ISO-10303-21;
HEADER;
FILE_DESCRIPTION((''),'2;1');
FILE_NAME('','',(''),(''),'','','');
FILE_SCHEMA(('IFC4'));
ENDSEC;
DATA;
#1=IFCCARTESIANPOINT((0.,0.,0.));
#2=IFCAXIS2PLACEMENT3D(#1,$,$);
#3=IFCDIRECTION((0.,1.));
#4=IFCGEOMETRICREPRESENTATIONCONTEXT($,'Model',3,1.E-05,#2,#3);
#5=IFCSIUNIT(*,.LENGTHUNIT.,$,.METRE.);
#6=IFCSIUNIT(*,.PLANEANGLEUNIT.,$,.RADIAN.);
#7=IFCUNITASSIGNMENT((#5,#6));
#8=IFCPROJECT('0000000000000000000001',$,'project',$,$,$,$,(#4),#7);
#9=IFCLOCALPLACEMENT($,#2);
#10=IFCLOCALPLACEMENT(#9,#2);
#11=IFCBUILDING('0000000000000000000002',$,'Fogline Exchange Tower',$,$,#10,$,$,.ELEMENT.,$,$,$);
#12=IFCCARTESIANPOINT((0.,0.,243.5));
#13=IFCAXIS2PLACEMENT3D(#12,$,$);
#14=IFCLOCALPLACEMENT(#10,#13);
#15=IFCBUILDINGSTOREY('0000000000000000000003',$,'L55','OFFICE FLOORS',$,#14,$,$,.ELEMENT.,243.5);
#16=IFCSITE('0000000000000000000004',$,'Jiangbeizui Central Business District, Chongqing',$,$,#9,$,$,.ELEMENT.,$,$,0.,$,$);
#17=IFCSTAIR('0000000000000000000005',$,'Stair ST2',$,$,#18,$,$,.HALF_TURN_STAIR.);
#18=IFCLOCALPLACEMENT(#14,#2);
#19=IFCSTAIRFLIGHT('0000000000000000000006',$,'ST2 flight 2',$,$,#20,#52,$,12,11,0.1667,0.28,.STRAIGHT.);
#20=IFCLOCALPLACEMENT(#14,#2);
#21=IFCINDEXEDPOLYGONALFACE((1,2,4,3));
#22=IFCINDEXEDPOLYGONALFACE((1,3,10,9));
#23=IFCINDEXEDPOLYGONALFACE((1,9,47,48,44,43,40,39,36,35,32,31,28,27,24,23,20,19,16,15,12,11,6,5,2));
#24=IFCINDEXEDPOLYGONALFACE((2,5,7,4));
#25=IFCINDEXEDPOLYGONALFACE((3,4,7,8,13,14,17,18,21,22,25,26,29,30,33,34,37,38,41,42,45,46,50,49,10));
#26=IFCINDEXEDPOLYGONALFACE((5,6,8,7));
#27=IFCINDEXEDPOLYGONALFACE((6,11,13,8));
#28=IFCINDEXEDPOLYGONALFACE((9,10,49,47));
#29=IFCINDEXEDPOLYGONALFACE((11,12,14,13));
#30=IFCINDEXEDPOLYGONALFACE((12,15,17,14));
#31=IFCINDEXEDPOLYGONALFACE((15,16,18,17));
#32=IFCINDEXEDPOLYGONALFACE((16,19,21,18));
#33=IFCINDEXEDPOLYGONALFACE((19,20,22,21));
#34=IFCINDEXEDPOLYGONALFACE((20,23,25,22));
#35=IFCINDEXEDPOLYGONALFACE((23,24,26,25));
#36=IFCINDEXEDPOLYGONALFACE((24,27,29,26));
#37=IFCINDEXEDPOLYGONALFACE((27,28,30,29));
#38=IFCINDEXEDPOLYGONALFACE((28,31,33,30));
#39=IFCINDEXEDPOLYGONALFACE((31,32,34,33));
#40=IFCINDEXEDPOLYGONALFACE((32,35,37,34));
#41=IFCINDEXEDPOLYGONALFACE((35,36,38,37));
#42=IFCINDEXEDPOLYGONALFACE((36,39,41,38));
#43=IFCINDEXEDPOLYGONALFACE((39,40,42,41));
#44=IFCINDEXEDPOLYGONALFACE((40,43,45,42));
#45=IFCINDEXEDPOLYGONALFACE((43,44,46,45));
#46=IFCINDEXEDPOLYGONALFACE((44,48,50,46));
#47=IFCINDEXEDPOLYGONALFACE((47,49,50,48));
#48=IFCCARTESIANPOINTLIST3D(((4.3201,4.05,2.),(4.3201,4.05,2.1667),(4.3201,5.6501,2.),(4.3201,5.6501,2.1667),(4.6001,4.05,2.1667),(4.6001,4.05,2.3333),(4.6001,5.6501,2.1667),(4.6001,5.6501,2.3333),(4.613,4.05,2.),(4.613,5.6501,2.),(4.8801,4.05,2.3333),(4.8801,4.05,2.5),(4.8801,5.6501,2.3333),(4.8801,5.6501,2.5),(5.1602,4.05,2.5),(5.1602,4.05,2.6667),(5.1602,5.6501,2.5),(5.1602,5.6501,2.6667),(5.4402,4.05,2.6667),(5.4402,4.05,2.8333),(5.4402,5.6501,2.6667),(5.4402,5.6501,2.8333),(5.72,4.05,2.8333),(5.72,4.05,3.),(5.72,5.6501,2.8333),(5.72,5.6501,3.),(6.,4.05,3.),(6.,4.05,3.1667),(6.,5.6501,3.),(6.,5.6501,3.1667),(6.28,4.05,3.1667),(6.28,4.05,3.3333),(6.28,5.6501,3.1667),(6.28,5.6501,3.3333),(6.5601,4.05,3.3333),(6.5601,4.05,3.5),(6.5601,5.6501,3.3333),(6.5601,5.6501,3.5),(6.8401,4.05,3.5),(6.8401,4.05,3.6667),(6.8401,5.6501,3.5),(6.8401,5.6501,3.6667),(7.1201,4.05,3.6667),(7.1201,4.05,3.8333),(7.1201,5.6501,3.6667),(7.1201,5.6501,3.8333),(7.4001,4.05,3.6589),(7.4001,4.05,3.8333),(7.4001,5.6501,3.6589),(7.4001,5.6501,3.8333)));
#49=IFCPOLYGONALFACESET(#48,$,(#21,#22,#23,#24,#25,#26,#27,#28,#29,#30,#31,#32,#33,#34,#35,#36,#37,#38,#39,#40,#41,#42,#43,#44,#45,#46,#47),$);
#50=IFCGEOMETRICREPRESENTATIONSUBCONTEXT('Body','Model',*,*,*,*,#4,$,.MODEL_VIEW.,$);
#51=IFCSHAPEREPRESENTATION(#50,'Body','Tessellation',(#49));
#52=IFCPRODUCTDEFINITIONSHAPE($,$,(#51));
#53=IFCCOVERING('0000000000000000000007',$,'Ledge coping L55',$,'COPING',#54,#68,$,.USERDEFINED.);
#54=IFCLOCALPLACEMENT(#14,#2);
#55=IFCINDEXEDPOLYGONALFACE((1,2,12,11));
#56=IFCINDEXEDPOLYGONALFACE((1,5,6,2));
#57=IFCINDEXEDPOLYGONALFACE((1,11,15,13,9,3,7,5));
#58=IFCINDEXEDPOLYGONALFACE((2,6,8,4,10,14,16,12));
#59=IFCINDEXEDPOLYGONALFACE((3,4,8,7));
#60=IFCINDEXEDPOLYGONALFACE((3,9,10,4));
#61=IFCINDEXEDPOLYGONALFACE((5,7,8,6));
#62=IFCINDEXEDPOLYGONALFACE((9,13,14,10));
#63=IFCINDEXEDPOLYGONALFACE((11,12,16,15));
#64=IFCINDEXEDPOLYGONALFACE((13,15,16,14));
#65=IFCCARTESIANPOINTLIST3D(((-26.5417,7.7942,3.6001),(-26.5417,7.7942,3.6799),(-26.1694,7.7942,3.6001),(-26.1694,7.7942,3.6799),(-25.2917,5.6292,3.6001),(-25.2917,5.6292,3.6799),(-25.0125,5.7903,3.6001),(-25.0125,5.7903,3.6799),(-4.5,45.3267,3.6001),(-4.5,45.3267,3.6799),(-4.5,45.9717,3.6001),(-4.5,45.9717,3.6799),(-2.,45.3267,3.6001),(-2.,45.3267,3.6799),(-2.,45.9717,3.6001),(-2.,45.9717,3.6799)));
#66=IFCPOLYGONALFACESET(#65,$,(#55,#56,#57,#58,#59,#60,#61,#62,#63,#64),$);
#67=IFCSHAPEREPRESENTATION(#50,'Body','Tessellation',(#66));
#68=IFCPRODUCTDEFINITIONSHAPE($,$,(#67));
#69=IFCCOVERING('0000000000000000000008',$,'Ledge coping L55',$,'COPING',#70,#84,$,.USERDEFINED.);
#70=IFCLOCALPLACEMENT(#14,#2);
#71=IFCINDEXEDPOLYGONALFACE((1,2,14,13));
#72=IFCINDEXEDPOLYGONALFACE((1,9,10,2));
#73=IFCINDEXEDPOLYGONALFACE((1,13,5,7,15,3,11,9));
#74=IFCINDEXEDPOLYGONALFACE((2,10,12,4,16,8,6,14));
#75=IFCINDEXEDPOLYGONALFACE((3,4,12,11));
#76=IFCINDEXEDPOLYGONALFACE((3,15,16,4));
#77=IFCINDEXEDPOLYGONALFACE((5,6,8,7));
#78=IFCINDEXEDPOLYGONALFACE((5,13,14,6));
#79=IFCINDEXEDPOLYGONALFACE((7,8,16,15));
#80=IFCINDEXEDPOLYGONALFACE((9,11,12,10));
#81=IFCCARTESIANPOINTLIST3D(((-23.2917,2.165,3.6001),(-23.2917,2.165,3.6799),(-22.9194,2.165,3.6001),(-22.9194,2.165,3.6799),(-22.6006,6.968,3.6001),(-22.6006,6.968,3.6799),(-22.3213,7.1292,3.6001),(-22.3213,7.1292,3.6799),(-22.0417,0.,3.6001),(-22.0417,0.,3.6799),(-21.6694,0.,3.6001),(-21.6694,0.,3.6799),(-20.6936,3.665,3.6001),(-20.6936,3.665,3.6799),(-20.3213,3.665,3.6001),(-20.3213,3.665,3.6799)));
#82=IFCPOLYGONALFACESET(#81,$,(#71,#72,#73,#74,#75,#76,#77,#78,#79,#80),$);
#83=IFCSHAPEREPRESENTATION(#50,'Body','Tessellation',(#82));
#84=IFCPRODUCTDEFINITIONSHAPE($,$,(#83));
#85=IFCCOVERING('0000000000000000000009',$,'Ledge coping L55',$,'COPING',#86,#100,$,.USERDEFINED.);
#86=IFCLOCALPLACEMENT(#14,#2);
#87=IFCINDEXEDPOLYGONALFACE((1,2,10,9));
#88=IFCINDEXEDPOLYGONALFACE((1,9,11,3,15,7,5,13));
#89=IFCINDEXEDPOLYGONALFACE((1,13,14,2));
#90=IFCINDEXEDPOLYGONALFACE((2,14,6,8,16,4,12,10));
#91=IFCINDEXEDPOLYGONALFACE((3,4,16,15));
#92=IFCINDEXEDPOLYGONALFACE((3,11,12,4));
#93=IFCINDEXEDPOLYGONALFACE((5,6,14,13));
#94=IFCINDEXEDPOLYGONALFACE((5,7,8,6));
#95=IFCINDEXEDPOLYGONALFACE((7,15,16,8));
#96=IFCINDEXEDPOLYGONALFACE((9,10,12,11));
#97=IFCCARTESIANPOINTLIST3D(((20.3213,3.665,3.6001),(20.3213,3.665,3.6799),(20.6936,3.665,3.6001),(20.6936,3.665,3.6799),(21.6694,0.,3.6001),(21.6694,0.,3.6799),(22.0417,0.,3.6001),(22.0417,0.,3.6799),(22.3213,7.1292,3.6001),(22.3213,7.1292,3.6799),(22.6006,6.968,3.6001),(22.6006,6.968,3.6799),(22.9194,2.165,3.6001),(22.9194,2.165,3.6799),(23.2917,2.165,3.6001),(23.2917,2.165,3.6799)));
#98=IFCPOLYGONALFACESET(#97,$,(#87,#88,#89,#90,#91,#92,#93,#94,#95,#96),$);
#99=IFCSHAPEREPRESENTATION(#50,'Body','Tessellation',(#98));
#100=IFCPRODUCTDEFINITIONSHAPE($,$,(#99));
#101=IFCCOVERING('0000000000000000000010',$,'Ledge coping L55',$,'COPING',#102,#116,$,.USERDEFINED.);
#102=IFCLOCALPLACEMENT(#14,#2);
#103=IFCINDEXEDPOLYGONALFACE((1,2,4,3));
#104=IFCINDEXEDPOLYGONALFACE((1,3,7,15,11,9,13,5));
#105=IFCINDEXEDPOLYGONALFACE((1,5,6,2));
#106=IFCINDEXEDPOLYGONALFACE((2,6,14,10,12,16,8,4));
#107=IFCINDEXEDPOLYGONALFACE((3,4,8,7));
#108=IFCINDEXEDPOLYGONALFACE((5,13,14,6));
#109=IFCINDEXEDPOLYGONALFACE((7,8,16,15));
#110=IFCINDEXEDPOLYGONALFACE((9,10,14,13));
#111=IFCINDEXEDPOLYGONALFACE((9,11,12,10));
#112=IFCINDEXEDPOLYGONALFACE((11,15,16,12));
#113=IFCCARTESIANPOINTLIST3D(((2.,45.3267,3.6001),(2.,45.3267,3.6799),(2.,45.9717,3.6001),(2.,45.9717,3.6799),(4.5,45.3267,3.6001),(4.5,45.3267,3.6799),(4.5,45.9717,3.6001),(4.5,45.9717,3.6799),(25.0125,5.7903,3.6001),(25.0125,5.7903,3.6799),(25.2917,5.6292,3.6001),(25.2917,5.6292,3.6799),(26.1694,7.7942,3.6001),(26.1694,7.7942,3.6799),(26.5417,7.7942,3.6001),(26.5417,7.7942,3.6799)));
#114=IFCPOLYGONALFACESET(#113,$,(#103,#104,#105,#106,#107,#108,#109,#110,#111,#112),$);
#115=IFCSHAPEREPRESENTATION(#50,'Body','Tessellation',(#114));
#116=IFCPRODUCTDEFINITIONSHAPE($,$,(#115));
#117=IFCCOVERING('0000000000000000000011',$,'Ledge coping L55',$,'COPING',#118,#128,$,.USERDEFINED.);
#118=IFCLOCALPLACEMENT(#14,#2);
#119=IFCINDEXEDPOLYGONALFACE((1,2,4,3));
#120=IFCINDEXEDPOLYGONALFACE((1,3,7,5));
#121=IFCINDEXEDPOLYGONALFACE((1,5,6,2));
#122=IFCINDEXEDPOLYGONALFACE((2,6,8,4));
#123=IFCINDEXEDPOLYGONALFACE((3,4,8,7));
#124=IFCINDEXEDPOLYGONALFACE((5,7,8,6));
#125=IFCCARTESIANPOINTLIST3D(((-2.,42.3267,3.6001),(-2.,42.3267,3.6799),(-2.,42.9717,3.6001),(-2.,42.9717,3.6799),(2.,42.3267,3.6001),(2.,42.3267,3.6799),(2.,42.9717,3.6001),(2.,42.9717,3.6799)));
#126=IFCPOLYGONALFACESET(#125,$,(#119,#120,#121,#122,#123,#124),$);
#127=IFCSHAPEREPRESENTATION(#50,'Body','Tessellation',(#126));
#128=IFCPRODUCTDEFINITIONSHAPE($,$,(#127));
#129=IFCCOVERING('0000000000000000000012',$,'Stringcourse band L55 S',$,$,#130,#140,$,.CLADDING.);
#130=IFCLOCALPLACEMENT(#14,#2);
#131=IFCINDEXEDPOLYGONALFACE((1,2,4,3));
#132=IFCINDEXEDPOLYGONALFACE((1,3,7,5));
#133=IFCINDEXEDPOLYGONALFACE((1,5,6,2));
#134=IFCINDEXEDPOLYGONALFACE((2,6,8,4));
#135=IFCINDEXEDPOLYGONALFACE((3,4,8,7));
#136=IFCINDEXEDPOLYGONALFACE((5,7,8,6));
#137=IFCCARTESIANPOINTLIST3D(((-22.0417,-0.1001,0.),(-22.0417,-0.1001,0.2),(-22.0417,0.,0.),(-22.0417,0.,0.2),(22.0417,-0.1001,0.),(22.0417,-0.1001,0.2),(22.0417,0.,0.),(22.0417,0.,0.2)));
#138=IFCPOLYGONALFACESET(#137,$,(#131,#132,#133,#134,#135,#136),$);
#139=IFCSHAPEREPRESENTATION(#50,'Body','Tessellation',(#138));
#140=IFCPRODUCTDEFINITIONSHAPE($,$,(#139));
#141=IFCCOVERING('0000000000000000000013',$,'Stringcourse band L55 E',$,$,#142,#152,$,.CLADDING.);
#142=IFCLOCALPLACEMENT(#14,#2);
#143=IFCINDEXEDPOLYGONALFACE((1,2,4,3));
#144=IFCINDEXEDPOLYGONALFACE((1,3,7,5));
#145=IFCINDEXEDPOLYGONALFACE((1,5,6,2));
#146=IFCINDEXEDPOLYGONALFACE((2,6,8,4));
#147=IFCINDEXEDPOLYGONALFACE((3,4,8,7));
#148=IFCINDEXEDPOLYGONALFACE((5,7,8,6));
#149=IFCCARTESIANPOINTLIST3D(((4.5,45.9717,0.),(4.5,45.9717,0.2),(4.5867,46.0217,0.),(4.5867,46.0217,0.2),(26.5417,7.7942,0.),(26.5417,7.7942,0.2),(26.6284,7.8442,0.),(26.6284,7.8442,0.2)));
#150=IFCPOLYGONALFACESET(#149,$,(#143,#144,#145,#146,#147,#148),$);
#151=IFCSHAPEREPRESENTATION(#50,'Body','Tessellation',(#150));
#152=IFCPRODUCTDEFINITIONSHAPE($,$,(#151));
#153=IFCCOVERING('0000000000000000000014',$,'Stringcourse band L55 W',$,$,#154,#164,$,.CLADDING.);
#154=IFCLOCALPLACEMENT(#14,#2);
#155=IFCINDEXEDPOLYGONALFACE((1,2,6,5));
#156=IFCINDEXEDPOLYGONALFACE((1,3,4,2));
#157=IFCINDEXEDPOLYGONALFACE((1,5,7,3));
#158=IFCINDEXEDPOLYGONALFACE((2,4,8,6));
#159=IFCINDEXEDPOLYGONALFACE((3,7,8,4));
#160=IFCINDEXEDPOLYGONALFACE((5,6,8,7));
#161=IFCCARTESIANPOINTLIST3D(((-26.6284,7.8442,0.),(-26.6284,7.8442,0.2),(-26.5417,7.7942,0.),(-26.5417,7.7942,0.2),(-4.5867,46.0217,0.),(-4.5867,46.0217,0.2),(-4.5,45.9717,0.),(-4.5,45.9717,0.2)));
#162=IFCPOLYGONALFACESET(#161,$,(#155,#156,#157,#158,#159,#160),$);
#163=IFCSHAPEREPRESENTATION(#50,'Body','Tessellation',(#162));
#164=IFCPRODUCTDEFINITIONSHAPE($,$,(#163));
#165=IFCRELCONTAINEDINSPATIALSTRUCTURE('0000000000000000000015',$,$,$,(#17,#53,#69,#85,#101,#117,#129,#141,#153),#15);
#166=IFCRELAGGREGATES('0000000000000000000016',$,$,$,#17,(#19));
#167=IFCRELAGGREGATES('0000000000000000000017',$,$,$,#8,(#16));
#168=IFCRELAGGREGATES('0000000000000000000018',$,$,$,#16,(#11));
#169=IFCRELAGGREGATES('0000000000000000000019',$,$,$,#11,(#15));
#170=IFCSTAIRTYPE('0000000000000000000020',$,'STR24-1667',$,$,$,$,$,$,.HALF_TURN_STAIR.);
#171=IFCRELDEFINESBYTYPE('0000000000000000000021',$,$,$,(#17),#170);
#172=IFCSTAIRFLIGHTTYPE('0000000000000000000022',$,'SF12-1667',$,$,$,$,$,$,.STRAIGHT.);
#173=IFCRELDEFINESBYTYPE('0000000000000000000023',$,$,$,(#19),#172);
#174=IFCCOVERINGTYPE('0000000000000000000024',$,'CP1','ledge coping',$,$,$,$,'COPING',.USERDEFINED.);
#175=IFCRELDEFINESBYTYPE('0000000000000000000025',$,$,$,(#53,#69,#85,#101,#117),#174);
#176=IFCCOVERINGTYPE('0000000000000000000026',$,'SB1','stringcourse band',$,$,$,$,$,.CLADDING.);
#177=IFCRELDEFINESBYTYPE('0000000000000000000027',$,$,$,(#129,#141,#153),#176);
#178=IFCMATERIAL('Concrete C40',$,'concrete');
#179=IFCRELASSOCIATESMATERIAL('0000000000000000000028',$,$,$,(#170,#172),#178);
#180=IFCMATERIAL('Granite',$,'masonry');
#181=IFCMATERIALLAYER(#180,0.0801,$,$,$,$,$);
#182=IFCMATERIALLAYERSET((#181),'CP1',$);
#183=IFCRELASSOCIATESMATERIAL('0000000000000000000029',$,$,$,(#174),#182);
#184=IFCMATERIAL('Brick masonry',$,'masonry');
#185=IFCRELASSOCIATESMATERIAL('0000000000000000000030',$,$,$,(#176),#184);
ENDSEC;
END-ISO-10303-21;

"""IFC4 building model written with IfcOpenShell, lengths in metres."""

from ifc_helpers import new_model, si_unit, direction, frame, origin, place, context, subcontext, project, spatial, polyline, outline, extrude, material, layer, layer_set, type_object, element, aggregate, save


model = new_model("IFC4")

# Units and contexts
model_context = context("Model", 3, precision=1e-05, world=origin(), true_north=direction((0.0, 1.0)))
body_context = subcontext(model_context, "Body", "Model", "MODEL_VIEW")
ifc_project = project(units=[si_unit("LENGTHUNIT", "METRE"), si_unit("PLANEANGLEUNIT", "RADIAN")], contexts=[model_context])

# Site, building, storey
site_placement = place(None, origin())
site = spatial("IfcSite", under=ifc_project, at=site_placement, Name="Jiangbeizui Central Business District, Chongqing", CompositionType="ELEMENT", RefElevation=0.0)
building_placement = place(site_placement, origin())
building = spatial("IfcBuilding", under=site, at=building_placement, Name="Fogline Exchange Tower", CompositionType="ELEMENT")
storey_placement = place(building_placement, frame((0.0, 0.0, 243.5)))
storey = spatial("IfcBuildingStorey", under=building, at=storey_placement, Name="L55", Description="OFFICE FLOORS", CompositionType="ELEMENT", Elevation=243.5)

# Shared definitions
ifc_material_1 = material(Name="Concrete C40", Category="concrete")

# Stair
stair_type = type_object("IfcStairType", Name="STR24-1667", PredefinedType="HALF_TURN_STAIR", material=ifc_material_1)
stair_1_placement = place(storey_placement, origin())
stair_1 = element("IfcStair", 1, at=stair_1_placement, inside=storey, type_object=stair_type, Name="Stair ST2", PredefinedType="HALF_TURN_STAIR")

# Stair flight
stair_flight_type = type_object("IfcStairFlightType", Name="SF12-1667", PredefinedType="STRAIGHT", material=ifc_material_1)
stair_flight_1_placement = place(storey_placement, frame((4.3201, 4.8501, 2.0), z_axis=(0.0, 0.0, 1.0), x_axis=(1.0, 0.0, 0.0)))
stair_flight_1 = element("IfcStairFlight", 2, at=stair_flight_1_placement, type_object=stair_flight_type, Name="ST2 flight 2", NumberOfRisers=12, NumberOfTreads=11, PredefinedType="STRAIGHT", RiserHeight=0.1667, TreadLength=0.28, context=body_context, shape_type="SweptSolid", body=[
    extrude(outline(polyline([(0.0, 0.0), (0.0, 0.1667), (0.28, 0.1667), (0.28, 0.3333), (0.5601, 0.3333), (0.5601, 0.5), (0.8401, 0.5), (0.8401, 0.6667), (1.1201, 0.6667), (1.1201, 0.8333), (1.3999, 0.8333), (1.3999, 1.0), (1.6799, 1.0), (1.6799, 1.1667), (1.96, 1.1667), (1.96, 1.3333), (2.24, 1.3333), (2.24, 1.5), (2.52, 1.5), (2.52, 1.6667), (2.8, 1.6667), (2.8, 1.8333), (3.0801, 1.8333), (3.0801, 2.0), (3.0801, 1.6589), (0.293, 0.0), (0.0, 0.0)])), frame((0.0, 0.8, 0.0), z_axis=(0.0, -1.0, 0.0), x_axis=(1.0, 0.0, 0.0)), (0.0, 0.0, 1.0), 1.6001),
])
aggregate(stair_1, [stair_flight_1])

# Coverings
ifc_material_2 = material(Name="Granite", Category="masonry")
ifc_layer_1 = layer(ifc_material_2, 0.0801)
ifc_layer_set_1 = layer_set([ifc_layer_1], Name="CP1")
covering_type_1 = type_object("IfcCoveringType", Name="CP1", Description="ledge coping", ElementType="COPING", PredefinedType="USERDEFINED", material=ifc_layer_set_1)
covering_1_placement = place(storey_placement, frame((0.0, 0.0, 3.6001)))
element("IfcCovering", 3, at=covering_1_placement, inside=storey, type_object=covering_type_1, Name="Ledge coping L55", ObjectType="COPING", PredefinedType="USERDEFINED", context=body_context, shape_type="SweptSolid", body=[
    extrude(outline(polyline([(-25.2917, 5.6292), (-25.0125, 5.7903), (-26.1694, 7.7942), (-4.5, 45.3267), (-2.0, 45.3267), (-2.0, 45.9717), (-4.5, 45.9717), (-26.5417, 7.7942), (-25.2917, 5.6292)])), origin(), (0.0, 0.0, 1.0), 0.0798),
])
covering_2_placement = place(storey_placement, frame((0.0, 0.0, 3.6001)))
element("IfcCovering", 4, at=covering_2_placement, inside=storey, type_object=covering_type_1, Name="Ledge coping L55", ObjectType="COPING", PredefinedType="USERDEFINED", context=body_context, shape_type="SweptSolid", body=[
    extrude(outline(polyline([(-22.0417, 0.0), (-21.6694, 0.0), (-22.9194, 2.165), (-20.3213, 3.665), (-22.3213, 7.1292), (-22.6006, 6.968), (-20.6936, 3.665), (-23.2917, 2.165), (-22.0417, 0.0)])), origin(), (0.0, 0.0, 1.0), 0.0798),
])
covering_3_placement = place(storey_placement, frame((0.0, 0.0, 3.6001)))
element("IfcCovering", 5, at=covering_3_placement, inside=storey, type_object=covering_type_1, Name="Ledge coping L55", ObjectType="COPING", PredefinedType="USERDEFINED", context=body_context, shape_type="SweptSolid", body=[
    extrude(outline(polyline([(20.6936, 3.665), (22.6006, 6.968), (22.3213, 7.1292), (20.3213, 3.665), (22.9194, 2.165), (21.6694, 0.0), (22.0417, 0.0), (23.2917, 2.165), (20.6936, 3.665)])), origin(), (0.0, 0.0, 1.0), 0.0798),
])
covering_4_placement = place(storey_placement, frame((0.0, 0.0, 3.6001)))
element("IfcCovering", 6, at=covering_4_placement, inside=storey, type_object=covering_type_1, Name="Ledge coping L55", ObjectType="COPING", PredefinedType="USERDEFINED", context=body_context, shape_type="SweptSolid", body=[
    extrude(outline(polyline([(2.0, 45.9717), (2.0, 45.3267), (4.5, 45.3267), (26.1694, 7.7942), (25.0125, 5.7903), (25.2917, 5.6292), (26.5417, 7.7942), (4.5, 45.9717), (2.0, 45.9717)])), origin(), (0.0, 0.0, 1.0), 0.0798),
])
covering_5_placement = place(storey_placement, frame((0.0, 0.0, 3.6001)))
element("IfcCovering", 7, at=covering_5_placement, inside=storey, type_object=covering_type_1, Name="Ledge coping L55", ObjectType="COPING", PredefinedType="USERDEFINED", context=body_context, shape_type="SweptSolid", body=[
    extrude(outline(polyline([(2.0, 42.9717), (-2.0, 42.9717), (-2.0, 42.3267), (2.0, 42.3267), (2.0, 42.9717)])), origin(), (0.0, 0.0, 1.0), 0.0798),
])

# Coverings
ifc_material_3 = material(Name="Brick masonry", Category="masonry")
covering_type_2 = type_object("IfcCoveringType", Name="SB1", Description="stringcourse band", PredefinedType="CLADDING", material=ifc_material_3)
covering_6_placement = place(storey_placement, origin())
element("IfcCovering", 8, at=covering_6_placement, inside=storey, type_object=covering_type_2, Name="Stringcourse band L55 S", PredefinedType="CLADDING", context=body_context, shape_type="SweptSolid", body=[
    extrude(outline(polyline([(-22.0417, 0.0), (-22.0417, -0.1001), (22.0417, -0.1001), (22.0417, 0.0), (-22.0417, 0.0)])), origin(), (0.0, 0.0, 1.0), 0.2),
])
covering_7_placement = place(storey_placement, origin())
element("IfcCovering", 9, at=covering_7_placement, inside=storey, type_object=covering_type_2, Name="Stringcourse band L55 E", PredefinedType="CLADDING", context=body_context, shape_type="SweptSolid", body=[
    extrude(outline(polyline([(26.5417, 7.7942), (26.6284, 7.8442), (4.5867, 46.0217), (4.5, 45.9717), (26.5417, 7.7942)])), origin(), (0.0, 0.0, 1.0), 0.2),
])
covering_8_placement = place(storey_placement, origin())
element("IfcCovering", 10, at=covering_8_placement, inside=storey, type_object=covering_type_2, Name="Stringcourse band L55 W", PredefinedType="CLADDING", context=body_context, shape_type="SweptSolid", body=[
    extrude(outline(polyline([(-4.5, 45.9717), (-4.5867, 46.0217), (-26.6284, 7.8442), (-26.5417, 7.7942), (-4.5, 45.9717)])), origin(), (0.0, 0.0, 1.0), 0.2),
])

save(model, "model.ifc")
